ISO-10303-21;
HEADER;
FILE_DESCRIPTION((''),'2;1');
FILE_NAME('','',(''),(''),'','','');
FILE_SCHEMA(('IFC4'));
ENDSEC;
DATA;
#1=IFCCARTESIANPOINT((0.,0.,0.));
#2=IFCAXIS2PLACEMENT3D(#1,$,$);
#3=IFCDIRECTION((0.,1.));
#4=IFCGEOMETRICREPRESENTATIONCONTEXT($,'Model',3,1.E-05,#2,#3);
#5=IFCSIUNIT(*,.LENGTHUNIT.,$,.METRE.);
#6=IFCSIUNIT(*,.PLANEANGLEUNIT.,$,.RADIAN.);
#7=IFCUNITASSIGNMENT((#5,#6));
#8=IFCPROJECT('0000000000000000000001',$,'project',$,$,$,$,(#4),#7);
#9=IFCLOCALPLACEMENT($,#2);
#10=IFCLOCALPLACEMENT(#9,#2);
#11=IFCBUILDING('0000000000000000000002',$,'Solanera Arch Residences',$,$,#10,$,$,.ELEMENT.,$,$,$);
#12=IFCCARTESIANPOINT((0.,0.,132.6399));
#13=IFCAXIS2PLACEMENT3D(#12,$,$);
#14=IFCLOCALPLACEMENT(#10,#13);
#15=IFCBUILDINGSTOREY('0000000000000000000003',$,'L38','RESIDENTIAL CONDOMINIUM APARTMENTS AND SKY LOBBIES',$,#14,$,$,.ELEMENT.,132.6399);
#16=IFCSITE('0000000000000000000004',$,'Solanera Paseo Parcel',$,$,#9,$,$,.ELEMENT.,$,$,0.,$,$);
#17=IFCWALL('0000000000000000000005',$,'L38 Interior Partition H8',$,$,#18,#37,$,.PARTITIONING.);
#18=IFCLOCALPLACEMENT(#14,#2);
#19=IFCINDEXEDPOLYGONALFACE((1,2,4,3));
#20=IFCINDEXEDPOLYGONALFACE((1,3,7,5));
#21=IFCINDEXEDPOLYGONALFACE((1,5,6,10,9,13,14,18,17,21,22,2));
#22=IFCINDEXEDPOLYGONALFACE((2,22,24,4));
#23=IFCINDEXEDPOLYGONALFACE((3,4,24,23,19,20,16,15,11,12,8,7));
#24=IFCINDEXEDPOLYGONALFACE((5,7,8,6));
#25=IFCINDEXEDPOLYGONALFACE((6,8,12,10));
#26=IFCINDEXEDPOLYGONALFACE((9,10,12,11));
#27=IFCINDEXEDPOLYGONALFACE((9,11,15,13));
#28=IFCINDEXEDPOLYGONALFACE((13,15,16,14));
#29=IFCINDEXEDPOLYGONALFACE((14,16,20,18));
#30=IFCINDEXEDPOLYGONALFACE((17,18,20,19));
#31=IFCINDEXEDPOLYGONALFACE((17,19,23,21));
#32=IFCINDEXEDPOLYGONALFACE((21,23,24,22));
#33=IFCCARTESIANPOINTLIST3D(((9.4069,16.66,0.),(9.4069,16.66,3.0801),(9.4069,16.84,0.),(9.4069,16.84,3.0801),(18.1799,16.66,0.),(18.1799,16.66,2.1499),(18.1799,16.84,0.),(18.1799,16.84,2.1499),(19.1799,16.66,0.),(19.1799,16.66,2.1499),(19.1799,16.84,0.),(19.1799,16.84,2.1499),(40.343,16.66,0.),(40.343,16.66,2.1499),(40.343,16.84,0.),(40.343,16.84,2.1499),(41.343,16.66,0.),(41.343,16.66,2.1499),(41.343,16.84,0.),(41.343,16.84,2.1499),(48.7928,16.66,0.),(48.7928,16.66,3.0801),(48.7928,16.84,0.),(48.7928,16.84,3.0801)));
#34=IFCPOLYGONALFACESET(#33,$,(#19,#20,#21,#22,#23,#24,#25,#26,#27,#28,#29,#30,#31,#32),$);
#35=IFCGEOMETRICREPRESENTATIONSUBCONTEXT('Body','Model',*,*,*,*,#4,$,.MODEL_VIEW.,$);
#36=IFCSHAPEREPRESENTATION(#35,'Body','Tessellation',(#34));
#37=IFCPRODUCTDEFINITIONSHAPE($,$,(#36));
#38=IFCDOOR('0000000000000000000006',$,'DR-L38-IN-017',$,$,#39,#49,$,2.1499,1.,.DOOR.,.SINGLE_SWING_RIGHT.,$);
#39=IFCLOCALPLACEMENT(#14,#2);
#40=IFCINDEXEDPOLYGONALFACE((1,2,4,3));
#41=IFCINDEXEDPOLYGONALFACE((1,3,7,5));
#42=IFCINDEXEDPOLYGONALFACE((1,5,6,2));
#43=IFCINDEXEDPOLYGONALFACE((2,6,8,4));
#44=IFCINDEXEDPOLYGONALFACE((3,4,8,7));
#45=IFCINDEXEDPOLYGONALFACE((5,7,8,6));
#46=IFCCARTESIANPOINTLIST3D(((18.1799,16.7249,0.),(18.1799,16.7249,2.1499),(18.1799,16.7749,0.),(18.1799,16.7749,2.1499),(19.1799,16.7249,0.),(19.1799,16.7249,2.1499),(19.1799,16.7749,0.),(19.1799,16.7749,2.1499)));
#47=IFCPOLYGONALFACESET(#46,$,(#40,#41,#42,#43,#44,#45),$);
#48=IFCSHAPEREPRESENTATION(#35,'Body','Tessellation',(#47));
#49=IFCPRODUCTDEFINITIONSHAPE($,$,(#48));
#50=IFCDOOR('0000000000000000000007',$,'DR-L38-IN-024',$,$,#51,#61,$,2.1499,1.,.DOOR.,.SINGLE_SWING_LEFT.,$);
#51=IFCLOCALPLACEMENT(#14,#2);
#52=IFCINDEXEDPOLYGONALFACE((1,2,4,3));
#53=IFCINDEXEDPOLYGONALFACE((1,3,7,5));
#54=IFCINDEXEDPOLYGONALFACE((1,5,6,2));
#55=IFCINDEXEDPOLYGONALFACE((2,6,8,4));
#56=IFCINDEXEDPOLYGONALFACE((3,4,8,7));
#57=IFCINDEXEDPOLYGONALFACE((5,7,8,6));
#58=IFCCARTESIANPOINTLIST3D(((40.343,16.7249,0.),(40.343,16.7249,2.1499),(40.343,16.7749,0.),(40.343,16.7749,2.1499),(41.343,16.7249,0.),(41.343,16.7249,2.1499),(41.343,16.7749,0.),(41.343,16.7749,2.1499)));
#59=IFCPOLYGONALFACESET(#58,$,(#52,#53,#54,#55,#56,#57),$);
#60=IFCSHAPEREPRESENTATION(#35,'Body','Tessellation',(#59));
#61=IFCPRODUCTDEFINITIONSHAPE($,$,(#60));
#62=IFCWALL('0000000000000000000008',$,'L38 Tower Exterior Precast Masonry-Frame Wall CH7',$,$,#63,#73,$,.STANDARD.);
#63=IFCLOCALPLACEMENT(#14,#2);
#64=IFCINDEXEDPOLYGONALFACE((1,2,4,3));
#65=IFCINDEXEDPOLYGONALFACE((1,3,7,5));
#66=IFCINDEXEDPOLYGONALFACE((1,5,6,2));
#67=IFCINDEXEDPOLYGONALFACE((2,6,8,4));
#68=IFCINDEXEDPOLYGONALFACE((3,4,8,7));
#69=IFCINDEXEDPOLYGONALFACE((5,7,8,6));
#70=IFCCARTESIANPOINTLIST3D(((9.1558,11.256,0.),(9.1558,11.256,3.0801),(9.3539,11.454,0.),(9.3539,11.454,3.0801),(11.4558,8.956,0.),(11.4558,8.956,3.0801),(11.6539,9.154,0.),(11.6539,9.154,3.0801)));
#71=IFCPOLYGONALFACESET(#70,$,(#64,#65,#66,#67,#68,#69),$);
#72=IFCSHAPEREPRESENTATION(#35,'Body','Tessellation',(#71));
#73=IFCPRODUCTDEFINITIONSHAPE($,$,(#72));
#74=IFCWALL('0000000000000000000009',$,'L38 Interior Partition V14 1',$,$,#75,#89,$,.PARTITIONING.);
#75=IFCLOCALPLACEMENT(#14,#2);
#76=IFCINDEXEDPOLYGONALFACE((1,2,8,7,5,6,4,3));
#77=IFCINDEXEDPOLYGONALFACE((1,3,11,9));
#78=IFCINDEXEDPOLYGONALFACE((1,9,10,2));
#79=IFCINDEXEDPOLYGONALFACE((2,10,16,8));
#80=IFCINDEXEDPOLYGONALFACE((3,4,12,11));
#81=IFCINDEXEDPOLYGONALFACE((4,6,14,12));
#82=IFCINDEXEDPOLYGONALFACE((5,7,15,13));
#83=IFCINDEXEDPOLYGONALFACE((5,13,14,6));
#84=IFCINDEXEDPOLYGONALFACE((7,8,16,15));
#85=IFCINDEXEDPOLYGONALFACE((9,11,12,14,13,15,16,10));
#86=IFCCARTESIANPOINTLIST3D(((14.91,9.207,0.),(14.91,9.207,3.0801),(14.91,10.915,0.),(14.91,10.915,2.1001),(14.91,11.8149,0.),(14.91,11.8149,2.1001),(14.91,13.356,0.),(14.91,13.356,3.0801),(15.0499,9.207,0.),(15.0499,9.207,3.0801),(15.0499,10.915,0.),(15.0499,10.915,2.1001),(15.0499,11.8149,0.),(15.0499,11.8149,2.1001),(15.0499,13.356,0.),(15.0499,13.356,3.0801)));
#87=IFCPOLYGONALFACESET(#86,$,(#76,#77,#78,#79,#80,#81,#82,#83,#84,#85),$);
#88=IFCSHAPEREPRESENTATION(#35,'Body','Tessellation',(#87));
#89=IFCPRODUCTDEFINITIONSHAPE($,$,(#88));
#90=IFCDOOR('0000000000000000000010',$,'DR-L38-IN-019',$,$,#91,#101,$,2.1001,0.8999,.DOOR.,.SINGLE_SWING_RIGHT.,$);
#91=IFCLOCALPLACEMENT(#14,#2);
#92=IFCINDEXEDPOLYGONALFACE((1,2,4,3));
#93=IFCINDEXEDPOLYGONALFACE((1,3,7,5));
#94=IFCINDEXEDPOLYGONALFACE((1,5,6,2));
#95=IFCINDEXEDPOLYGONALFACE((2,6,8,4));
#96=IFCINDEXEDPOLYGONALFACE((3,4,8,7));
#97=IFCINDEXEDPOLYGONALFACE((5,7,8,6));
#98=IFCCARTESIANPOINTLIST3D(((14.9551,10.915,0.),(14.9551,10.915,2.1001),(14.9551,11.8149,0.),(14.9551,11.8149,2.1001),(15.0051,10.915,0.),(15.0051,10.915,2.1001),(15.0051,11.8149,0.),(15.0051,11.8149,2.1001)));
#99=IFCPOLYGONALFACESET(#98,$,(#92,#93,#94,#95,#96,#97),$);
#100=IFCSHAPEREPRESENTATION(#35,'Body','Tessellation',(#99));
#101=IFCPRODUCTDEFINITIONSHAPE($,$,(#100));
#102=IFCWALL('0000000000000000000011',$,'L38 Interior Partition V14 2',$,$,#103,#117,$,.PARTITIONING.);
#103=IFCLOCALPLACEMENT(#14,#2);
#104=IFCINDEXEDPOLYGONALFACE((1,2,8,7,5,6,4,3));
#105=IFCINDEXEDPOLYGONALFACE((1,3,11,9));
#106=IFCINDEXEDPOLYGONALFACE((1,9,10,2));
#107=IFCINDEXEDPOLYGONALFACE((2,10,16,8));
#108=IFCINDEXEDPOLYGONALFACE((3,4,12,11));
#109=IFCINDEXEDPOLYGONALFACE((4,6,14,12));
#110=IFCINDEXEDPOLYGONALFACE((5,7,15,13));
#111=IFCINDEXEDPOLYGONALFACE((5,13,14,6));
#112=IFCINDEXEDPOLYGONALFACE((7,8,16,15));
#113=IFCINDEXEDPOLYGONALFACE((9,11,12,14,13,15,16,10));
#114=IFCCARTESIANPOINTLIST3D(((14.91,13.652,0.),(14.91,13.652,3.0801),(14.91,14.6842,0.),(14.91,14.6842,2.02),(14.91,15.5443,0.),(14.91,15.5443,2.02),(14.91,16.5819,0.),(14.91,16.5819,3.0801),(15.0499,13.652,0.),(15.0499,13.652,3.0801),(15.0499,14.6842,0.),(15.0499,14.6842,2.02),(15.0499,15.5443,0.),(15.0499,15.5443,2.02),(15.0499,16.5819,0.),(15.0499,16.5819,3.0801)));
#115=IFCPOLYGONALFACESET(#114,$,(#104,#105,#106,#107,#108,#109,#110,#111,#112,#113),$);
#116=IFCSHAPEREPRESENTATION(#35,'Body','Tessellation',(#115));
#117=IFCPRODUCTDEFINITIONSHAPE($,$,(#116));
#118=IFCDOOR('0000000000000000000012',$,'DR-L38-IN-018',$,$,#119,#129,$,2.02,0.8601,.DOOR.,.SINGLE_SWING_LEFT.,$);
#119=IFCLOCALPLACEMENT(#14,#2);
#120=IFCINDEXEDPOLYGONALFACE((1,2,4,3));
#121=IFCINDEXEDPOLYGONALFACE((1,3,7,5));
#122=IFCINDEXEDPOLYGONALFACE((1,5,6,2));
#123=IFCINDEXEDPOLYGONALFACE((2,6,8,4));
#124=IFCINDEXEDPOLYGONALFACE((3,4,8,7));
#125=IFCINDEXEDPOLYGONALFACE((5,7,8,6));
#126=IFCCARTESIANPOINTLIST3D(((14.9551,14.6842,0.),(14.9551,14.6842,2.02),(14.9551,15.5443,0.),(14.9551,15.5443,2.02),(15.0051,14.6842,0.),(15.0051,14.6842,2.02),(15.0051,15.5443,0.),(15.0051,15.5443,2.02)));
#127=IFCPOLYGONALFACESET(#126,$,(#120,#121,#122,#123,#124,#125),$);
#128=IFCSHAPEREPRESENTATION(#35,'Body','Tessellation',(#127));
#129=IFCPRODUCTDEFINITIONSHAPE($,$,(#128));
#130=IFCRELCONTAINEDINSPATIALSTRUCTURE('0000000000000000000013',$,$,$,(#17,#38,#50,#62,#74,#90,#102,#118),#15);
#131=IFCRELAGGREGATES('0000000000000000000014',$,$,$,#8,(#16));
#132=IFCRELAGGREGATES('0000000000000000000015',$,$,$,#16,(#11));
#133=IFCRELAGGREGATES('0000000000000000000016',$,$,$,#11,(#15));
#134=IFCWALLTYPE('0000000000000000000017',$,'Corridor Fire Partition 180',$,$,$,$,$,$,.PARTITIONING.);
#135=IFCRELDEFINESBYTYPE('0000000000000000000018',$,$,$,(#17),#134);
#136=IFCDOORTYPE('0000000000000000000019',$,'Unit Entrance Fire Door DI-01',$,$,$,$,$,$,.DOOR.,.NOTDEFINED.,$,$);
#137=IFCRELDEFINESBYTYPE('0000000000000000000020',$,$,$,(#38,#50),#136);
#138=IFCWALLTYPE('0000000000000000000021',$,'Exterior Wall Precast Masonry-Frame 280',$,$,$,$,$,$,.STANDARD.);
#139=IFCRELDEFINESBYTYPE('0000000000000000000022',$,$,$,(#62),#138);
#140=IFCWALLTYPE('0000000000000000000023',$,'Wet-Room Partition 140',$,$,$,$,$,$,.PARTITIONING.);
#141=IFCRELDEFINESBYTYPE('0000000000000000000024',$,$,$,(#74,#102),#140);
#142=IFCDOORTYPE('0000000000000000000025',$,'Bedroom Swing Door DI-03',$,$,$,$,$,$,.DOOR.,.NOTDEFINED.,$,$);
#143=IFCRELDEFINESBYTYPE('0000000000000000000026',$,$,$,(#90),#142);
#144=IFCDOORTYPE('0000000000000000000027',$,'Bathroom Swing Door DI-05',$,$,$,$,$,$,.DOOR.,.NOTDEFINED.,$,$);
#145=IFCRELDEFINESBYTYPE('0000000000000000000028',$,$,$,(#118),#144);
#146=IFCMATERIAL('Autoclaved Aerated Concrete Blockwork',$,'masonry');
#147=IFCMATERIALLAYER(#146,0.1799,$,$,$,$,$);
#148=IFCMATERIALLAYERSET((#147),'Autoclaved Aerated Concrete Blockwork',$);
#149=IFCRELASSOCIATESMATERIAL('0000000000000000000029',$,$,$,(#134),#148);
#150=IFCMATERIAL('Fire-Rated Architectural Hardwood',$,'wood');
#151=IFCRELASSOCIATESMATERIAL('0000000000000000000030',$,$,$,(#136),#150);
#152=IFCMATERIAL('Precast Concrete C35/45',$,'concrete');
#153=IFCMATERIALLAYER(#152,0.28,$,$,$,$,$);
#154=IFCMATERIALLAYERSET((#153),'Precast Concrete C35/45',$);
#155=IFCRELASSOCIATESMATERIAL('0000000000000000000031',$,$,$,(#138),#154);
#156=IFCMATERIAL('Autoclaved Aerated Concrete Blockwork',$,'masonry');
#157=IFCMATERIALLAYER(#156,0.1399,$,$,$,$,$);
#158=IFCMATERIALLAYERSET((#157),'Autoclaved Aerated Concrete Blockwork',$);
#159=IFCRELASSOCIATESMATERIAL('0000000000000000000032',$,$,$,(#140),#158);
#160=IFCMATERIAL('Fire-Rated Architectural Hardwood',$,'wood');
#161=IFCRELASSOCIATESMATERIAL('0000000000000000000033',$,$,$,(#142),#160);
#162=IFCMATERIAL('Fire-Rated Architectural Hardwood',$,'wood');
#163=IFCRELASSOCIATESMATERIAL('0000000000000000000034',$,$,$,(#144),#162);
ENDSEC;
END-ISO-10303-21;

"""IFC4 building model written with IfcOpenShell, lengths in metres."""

from ifc_helpers import new_model, si_unit, direction, frame, frame_2d, origin, place, context, subcontext, project, spatial, rectangle, extrude, material, layer, layer_set, type_object, element, fill, save


model = new_model("IFC4")

# Units and contexts
model_context = context("Model", 3, precision=1e-05, world=origin(), true_north=direction((0.0, 1.0)))
body_context = subcontext(model_context, "Body", "Model", "MODEL_VIEW")
ifc_project = project(units=[si_unit("LENGTHUNIT", "METRE"), si_unit("PLANEANGLEUNIT", "RADIAN")], contexts=[model_context])

# Site, building, storey
site_placement = place(None, origin())
site = spatial("IfcSite", under=ifc_project, at=site_placement, Name="Solanera Paseo Parcel", CompositionType="ELEMENT", RefElevation=0.0)
building_placement = place(site_placement, origin())
building = spatial("IfcBuilding", under=site, at=building_placement, Name="Solanera Arch Residences", CompositionType="ELEMENT")
storey_placement = place(building_placement, frame((0.0, 0.0, 132.6399)))
storey = spatial("IfcBuildingStorey", under=building, at=storey_placement, Name="L38", Description="RESIDENTIAL CONDOMINIUM APARTMENTS AND SKY LOBBIES", CompositionType="ELEMENT", Elevation=132.6399)

# Wall, openings, doors
ifc_material_1 = material(Name="Autoclaved Aerated Concrete Blockwork", Category="masonry")
ifc_layer_1 = layer(ifc_material_1, 0.1799)
ifc_layer_set_1 = layer_set([ifc_layer_1], Name="Autoclaved Aerated Concrete Blockwork")
wall_type_1 = type_object("IfcWallType", Name="Corridor Fire Partition 180", PredefinedType="PARTITIONING", material=ifc_layer_set_1)
wall_1_placement = place(storey_placement, frame((9.407, 16.75, 0.0), z_axis=(0.0, 0.0, 1.0), x_axis=(1.0, 0.0, 0.0)))
wall_1 = element("IfcWall", 1, at=wall_1_placement, inside=storey, type_object=wall_type_1, Name="L38 Interior Partition H8", PredefinedType="PARTITIONING", context=body_context, shape_type="SweptSolid", body=[
    extrude(rectangle(XDim=39.386, YDim=0.1799, at=frame_2d((19.6929, 0.0))), origin(), (0.0, 0.0, 1.0), 3.0801),
])
opening_1_placement = place(wall_1_placement, frame((8.7729, 0.0, 0.0)))
opening_1 = element("IfcOpeningElement", 2, at=opening_1_placement, cuts=wall_1, PredefinedType="OPENING", context=body_context, shape_type="SweptSolid", body=[
    extrude(rectangle(XDim=1.0, YDim=2.1499, at=frame_2d((0.5, 1.075))), frame((0.0, 0.1001, 0.0), z_axis=(0.0, -1.0, 0.0), x_axis=(1.0, 0.0, 0.0)), (0.0, 0.0, 1.0), 0.1999),
])
opening_2_placement = place(wall_1_placement, frame((30.936, 0.0, 0.0)))
opening_2 = element("IfcOpeningElement", 3, at=opening_2_placement, cuts=wall_1, PredefinedType="OPENING", context=body_context, shape_type="SweptSolid", body=[
    extrude(rectangle(XDim=1.0, YDim=2.1499, at=frame_2d((0.5, 1.075))), frame((0.0, 0.1001, 0.0), z_axis=(0.0, -1.0, 0.0), x_axis=(1.0, 0.0, 0.0)), (0.0, 0.0, 1.0), 0.1999),
])
ifc_material_2 = material(Name="Fire-Rated Architectural Hardwood", Category="wood")
door_type_1 = type_object("IfcDoorType", Name="Unit Entrance Fire Door DI-01", OperationType="NOTDEFINED", PredefinedType="DOOR", material=ifc_material_2)
door_1_placement = place(opening_1_placement, origin())
door_1 = element("IfcDoor", 4, at=door_1_placement, inside=storey, type_object=door_type_1, Name="DR-L38-IN-017", OperationType="SINGLE_SWING_RIGHT", OverallHeight=2.1499, OverallWidth=1.0, PredefinedType="DOOR", context=body_context, shape_type="SweptSolid", body=[
    extrude(rectangle(XDim=1.0, YDim=2.1499, at=frame_2d((0.5, 1.075))), frame((0.0, 0.0249, 0.0), z_axis=(0.0, -1.0, 0.0), x_axis=(1.0, 0.0, 0.0)), (0.0, 0.0, 1.0), 0.05),
])
fill(opening_1, door_1)
door_2_placement = place(opening_2_placement, origin())
door_2 = element("IfcDoor", 5, at=door_2_placement, inside=storey, type_object=door_type_1, Name="DR-L38-IN-024", OperationType="SINGLE_SWING_LEFT", OverallHeight=2.1499, OverallWidth=1.0, PredefinedType="DOOR", context=body_context, shape_type="SweptSolid", body=[
    extrude(rectangle(XDim=1.0, YDim=2.1499, at=frame_2d((0.5, 1.075))), frame((0.0, 0.0249, 0.0), z_axis=(0.0, -1.0, 0.0), x_axis=(1.0, 0.0, 0.0)), (0.0, 0.0, 1.0), 0.05),
])
fill(opening_2, door_2)

# Wall
ifc_material_3 = material(Name="Precast Concrete C35/45", Category="concrete")
ifc_layer_2 = layer(ifc_material_3, 0.28)
ifc_layer_set_2 = layer_set([ifc_layer_2], Name="Precast Concrete C35/45")
wall_type_2 = type_object("IfcWallType", Name="Exterior Wall Precast Masonry-Frame 280", PredefinedType="STANDARD", material=ifc_layer_set_2)
wall_2_placement = place(storey_placement, frame((11.5549, 9.0549, 0.0), z_axis=(0.0, 0.0, 1.0), x_axis=(-0.707107, 0.707107, 0.0)))
element("IfcWall", 6, at=wall_2_placement, inside=storey, type_object=wall_type_2, Name="L38 Tower Exterior Precast Masonry-Frame Wall CH7", PredefinedType="STANDARD", context=body_context, shape_type="SweptSolid", body=[
    extrude(rectangle(XDim=3.2527, YDim=0.28, at=frame_2d((1.6265, 0.0))), origin(), (0.0, 0.0, 1.0), 3.0801),
])

# Walls, openings, doors
ifc_material_4 = material(Name="Autoclaved Aerated Concrete Blockwork", Category="masonry")
ifc_layer_3 = layer(ifc_material_4, 0.1399)
ifc_layer_set_3 = layer_set([ifc_layer_3], Name="Autoclaved Aerated Concrete Blockwork")
wall_type_3 = type_object("IfcWallType", Name="Wet-Room Partition 140", PredefinedType="PARTITIONING", material=ifc_layer_set_3)
wall_3_placement = place(storey_placement, frame((14.98, 9.207, 0.0), z_axis=(0.0, 0.0, 1.0), x_axis=(0.0, 1.0, 0.0)))
wall_3 = element("IfcWall", 7, at=wall_3_placement, inside=storey, type_object=wall_type_3, Name="L38 Interior Partition V14 1", PredefinedType="PARTITIONING", context=body_context, shape_type="SweptSolid", body=[
    extrude(rectangle(XDim=4.1489, YDim=0.1399, at=frame_2d((2.0745, 0.0))), origin(), (0.0, 0.0, 1.0), 3.0801),
])
opening_3_placement = place(wall_3_placement, frame((1.708, 0.0, 0.0)))
opening_3 = element("IfcOpeningElement", 8, at=opening_3_placement, cuts=wall_3, PredefinedType="OPENING", context=body_context, shape_type="SweptSolid", body=[
    extrude(rectangle(XDim=0.8999, YDim=2.1001, at=frame_2d((0.45, 1.05))), frame((0.0, 0.0798, 0.0), z_axis=(0.0, -1.0, 0.0), x_axis=(1.0, 0.0, 0.0)), (0.0, 0.0, 1.0), 0.1599),
])
ifc_material_5 = material(Name="Fire-Rated Architectural Hardwood", Category="wood")
door_type_2 = type_object("IfcDoorType", Name="Bedroom Swing Door DI-03", OperationType="NOTDEFINED", PredefinedType="DOOR", material=ifc_material_5)
door_3_placement = place(opening_3_placement, origin())
door_3 = element("IfcDoor", 9, at=door_3_placement, inside=storey, type_object=door_type_2, Name="DR-L38-IN-019", OperationType="SINGLE_SWING_RIGHT", OverallHeight=2.1001, OverallWidth=0.8999, PredefinedType="DOOR", context=body_context, shape_type="SweptSolid", body=[
    extrude(rectangle(XDim=0.8999, YDim=2.1001, at=frame_2d((0.45, 1.05))), frame((0.0, 0.0249, 0.0), z_axis=(0.0, -1.0, 0.0), x_axis=(1.0, 0.0, 0.0)), (0.0, 0.0, 1.0), 0.05),
])
fill(opening_3, door_3)
wall_4_placement = place(storey_placement, frame((14.98, 13.6521, 0.0), z_axis=(0.0, 0.0, 1.0), x_axis=(0.0, 1.0, 0.0)))
wall_4 = element("IfcWall", 10, at=wall_4_placement, inside=storey, type_object=wall_type_3, Name="L38 Interior Partition V14 2", PredefinedType="PARTITIONING", context=body_context, shape_type="SweptSolid", body=[
    extrude(rectangle(XDim=2.9299, YDim=0.1399, at=frame_2d((1.4648, 0.0))), origin(), (0.0, 0.0, 1.0), 3.0801),
])
opening_4_placement = place(wall_4_placement, frame((1.032, 0.0, 0.0)))
opening_4 = element("IfcOpeningElement", 11, at=opening_4_placement, cuts=wall_4, PredefinedType="OPENING", context=body_context, shape_type="SweptSolid", body=[
    extrude(rectangle(XDim=0.8601, YDim=2.02, at=frame_2d((0.4302, 1.01))), frame((0.0, 0.0798, 0.0), z_axis=(0.0, -1.0, 0.0), x_axis=(1.0, 0.0, 0.0)), (0.0, 0.0, 1.0), 0.1599),
])
ifc_material_6 = material(Name="Fire-Rated Architectural Hardwood", Category="wood")
door_type_3 = type_object("IfcDoorType", Name="Bathroom Swing Door DI-05", OperationType="NOTDEFINED", PredefinedType="DOOR", material=ifc_material_6)
door_4_placement = place(opening_4_placement, origin())
door_4 = element("IfcDoor", 12, at=door_4_placement, inside=storey, type_object=door_type_3, Name="DR-L38-IN-018", OperationType="SINGLE_SWING_LEFT", OverallHeight=2.02, OverallWidth=0.8601, PredefinedType="DOOR", context=body_context, shape_type="SweptSolid", body=[
    extrude(rectangle(XDim=0.8601, YDim=2.02, at=frame_2d((0.4302, 1.01))), frame((0.0, 0.0249, 0.0), z_axis=(0.0, -1.0, 0.0), x_axis=(1.0, 0.0, 0.0)), (0.0, 0.0, 1.0), 0.05),
])
fill(opening_4, door_4)

save(model, "model.ifc")
